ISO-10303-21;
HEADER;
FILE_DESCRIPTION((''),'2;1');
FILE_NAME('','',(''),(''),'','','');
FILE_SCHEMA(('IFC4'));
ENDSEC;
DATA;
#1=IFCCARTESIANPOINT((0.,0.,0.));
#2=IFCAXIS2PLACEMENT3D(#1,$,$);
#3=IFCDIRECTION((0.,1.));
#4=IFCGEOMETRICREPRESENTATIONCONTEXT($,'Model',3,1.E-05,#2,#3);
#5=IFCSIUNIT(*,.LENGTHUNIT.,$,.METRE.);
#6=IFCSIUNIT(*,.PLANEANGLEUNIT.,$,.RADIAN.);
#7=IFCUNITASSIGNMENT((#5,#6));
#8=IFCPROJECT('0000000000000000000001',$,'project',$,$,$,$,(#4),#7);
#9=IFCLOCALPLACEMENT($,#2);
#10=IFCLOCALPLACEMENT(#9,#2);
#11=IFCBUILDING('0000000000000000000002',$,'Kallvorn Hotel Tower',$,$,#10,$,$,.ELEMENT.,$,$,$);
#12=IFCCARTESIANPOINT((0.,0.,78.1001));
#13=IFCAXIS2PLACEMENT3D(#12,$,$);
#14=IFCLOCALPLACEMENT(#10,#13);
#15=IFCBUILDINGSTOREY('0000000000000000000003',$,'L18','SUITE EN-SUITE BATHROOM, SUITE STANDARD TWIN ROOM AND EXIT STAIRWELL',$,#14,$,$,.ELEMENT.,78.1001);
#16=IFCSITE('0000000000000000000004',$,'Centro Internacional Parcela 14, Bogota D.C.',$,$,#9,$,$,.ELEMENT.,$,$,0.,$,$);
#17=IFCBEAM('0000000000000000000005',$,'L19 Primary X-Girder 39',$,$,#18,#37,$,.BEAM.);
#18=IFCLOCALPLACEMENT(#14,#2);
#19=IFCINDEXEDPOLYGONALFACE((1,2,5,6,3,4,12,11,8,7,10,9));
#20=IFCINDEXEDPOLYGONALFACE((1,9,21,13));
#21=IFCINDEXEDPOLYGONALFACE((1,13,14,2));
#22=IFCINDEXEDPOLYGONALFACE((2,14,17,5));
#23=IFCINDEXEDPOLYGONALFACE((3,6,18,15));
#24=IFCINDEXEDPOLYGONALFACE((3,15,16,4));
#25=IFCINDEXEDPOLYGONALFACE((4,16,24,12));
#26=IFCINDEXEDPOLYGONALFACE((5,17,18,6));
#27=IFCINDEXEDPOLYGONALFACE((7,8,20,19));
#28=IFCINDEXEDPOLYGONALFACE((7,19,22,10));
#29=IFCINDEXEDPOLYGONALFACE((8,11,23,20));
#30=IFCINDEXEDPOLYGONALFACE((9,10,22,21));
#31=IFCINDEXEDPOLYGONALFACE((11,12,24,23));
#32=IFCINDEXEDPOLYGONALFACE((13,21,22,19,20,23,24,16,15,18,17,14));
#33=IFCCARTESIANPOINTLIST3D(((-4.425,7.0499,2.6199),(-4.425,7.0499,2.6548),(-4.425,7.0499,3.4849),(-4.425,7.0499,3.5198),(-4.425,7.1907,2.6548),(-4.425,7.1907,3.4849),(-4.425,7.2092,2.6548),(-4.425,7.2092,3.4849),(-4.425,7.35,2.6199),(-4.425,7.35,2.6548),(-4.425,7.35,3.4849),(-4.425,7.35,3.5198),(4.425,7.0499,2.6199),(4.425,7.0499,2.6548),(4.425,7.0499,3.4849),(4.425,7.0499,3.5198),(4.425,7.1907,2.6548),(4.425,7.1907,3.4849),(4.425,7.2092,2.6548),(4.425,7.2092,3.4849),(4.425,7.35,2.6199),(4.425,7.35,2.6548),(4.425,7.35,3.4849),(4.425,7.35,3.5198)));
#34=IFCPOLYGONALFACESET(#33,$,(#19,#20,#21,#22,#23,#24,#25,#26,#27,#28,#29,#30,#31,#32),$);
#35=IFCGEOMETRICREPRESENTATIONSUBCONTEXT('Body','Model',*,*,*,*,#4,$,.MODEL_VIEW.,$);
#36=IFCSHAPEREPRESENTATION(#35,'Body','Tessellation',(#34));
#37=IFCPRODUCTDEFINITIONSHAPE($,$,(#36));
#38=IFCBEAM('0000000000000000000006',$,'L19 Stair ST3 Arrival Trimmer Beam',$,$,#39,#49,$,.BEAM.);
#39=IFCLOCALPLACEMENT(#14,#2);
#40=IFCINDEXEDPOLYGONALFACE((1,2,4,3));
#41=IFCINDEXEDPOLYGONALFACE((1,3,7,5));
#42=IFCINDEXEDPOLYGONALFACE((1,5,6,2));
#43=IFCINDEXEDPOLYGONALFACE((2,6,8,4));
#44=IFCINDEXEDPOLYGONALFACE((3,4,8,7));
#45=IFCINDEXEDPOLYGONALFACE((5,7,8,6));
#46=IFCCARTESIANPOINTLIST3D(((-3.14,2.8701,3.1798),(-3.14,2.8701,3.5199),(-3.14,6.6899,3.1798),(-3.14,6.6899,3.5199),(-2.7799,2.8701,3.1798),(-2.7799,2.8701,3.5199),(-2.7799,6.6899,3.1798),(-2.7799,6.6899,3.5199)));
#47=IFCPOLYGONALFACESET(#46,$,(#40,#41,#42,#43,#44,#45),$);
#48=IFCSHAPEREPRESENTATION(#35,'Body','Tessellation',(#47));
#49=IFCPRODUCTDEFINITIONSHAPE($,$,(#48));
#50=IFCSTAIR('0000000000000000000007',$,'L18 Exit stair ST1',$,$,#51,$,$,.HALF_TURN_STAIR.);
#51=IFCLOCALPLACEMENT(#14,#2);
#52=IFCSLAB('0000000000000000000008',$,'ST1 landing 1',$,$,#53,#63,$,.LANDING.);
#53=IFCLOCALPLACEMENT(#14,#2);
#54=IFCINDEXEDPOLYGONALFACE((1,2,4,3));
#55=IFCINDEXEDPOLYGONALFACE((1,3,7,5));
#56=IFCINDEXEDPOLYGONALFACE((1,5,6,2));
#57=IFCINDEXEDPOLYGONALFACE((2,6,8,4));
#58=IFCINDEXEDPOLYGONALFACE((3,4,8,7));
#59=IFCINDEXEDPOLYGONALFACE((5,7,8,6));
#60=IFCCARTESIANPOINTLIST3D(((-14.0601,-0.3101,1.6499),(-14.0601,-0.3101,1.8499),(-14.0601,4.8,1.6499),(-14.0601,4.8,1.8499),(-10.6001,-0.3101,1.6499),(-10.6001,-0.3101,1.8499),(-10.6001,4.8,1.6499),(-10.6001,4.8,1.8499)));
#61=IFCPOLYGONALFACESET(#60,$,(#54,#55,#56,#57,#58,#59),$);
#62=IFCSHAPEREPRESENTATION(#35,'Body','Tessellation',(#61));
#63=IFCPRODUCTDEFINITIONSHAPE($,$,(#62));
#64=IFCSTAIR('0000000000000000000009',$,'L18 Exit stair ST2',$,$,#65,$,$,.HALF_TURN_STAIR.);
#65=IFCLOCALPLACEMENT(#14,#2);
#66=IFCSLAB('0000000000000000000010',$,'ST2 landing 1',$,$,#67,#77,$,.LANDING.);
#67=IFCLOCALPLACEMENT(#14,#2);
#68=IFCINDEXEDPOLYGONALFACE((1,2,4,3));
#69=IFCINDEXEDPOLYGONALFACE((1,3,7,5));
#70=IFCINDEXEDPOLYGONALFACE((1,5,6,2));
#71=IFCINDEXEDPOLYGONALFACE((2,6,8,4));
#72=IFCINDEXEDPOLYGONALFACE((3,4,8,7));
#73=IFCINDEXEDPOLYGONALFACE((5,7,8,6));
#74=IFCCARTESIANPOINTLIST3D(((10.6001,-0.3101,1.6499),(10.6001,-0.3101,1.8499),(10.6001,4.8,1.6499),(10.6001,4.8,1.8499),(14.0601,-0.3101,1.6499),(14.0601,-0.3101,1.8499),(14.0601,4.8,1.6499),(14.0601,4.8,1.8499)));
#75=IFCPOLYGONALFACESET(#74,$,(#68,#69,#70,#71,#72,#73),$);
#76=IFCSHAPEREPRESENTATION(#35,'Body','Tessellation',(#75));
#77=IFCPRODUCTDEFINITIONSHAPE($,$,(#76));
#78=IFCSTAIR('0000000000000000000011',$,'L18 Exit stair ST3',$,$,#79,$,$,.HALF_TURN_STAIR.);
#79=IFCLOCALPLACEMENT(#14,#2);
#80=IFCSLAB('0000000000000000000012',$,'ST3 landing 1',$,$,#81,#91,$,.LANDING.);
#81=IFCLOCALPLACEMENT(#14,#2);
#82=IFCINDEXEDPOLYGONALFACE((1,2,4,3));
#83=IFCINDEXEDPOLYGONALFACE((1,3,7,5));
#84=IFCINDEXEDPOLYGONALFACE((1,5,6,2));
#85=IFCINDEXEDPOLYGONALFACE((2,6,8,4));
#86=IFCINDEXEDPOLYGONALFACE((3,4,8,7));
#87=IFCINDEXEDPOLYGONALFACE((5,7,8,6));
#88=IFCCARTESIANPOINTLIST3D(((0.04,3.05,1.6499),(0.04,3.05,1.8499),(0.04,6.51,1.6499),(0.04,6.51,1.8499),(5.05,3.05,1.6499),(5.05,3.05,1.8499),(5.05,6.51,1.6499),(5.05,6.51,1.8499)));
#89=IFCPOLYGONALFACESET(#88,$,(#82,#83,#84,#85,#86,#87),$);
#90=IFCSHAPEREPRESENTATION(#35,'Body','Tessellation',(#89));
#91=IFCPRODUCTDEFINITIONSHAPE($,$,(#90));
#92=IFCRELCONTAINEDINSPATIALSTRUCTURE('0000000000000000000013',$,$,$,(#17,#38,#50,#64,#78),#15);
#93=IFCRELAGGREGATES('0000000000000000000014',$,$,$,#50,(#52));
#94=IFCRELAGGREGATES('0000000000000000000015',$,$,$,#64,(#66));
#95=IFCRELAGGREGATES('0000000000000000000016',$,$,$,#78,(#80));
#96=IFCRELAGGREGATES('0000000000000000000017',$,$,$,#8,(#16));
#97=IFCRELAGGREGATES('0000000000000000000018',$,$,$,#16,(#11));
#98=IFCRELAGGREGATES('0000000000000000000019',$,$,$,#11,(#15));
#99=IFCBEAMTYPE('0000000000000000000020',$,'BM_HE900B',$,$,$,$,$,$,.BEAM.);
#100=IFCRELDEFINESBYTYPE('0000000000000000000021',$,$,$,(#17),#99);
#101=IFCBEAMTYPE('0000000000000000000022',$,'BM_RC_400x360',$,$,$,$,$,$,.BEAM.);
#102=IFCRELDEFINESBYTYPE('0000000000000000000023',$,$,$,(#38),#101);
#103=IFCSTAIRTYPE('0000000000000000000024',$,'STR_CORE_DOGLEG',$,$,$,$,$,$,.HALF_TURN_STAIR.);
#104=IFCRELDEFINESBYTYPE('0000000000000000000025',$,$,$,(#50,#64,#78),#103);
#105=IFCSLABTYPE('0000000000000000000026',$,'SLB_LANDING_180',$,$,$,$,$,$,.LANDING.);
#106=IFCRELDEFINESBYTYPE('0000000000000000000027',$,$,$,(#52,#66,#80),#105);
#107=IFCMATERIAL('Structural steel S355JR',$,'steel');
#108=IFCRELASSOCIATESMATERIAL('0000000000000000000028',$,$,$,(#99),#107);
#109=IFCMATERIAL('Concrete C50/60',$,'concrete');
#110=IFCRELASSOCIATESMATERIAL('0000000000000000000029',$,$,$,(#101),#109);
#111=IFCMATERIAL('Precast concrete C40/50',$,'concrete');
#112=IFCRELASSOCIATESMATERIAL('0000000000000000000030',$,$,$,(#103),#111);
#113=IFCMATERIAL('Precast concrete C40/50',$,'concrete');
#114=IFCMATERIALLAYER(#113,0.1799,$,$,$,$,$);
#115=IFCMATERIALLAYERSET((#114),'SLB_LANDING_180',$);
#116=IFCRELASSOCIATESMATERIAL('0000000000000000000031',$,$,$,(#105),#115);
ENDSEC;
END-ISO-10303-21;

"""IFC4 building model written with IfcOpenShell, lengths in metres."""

from ifc_helpers import new_model, si_unit, direction, frame, origin, origin_2d, place, context, subcontext, project, spatial, polyline, rectangle, i_section, outline, extrude, material, layer, layer_set, material_profile, profile_set, type_object, element, aggregate, save


model = new_model("IFC4")

# Units and contexts
model_context = context("Model", 3, precision=1e-05, world=origin(), true_north=direction((0.0, 1.0)))
body_context = subcontext(model_context, "Body", "Model", "MODEL_VIEW")
ifc_project = project(units=[si_unit("LENGTHUNIT", "METRE"), si_unit("PLANEANGLEUNIT", "RADIAN")], contexts=[model_context])

# Site, building, storey
site_placement = place(None, origin())
site = spatial("IfcSite", under=ifc_project, at=site_placement, Name="Centro Internacional Parcela 14, Bogota D.C.", CompositionType="ELEMENT", RefElevation=0.0)
building_placement = place(site_placement, origin())
building = spatial("IfcBuilding", under=site, at=building_placement, Name="Kallvorn Hotel Tower", CompositionType="ELEMENT")
storey_placement = place(building_placement, frame((0.0, 0.0, 78.1001)))
storey = spatial("IfcBuildingStorey", under=building, at=storey_placement, Name="L18", Description="SUITE EN-SUITE BATHROOM, SUITE STANDARD TWIN ROOM AND EXIT STAIRWELL", CompositionType="ELEMENT", Elevation=78.1001)

# Beams
ifc_material_1 = material(Name="Structural steel S355JR", Category="steel")
ifc_material_profile_1 = material_profile(ifc_material_1, i_section(OverallWidth=0.3, OverallDepth=0.8999, WebThickness=0.0186, FlangeThickness=0.0349, at=origin_2d()), Name="HE 900 B")
ifc_profile_set_1 = profile_set([ifc_material_profile_1], Name="Structural steel S355JR")
beam_type_1 = type_object("IfcBeamType", Name="BM_HE900B", PredefinedType="BEAM", material=ifc_profile_set_1)
beam_1_placement = place(storey_placement, frame((-4.425, 7.2, 3.0698), z_axis=(1.0, 0.0, 0.0), x_axis=(0.0, 1.0, 0.0)))
element("IfcBeam", 1, at=beam_1_placement, inside=storey, type_object=beam_type_1, Name="L19 Primary X-Girder 39", PredefinedType="BEAM", context=body_context, shape_type="SweptSolid", body=[
    extrude(i_section(OverallWidth=0.3, OverallDepth=0.8999, WebThickness=0.0186, FlangeThickness=0.0349, at=origin_2d()), origin(), (0.0, 0.0, 1.0), 8.8501),
])
ifc_material_2 = material(Name="Concrete C50/60", Category="concrete")
ifc_material_profile_2 = material_profile(ifc_material_2, rectangle(XDim=0.3601, YDim=0.3401, at=origin_2d()), Name="RC 360x340")
ifc_profile_set_2 = profile_set([ifc_material_profile_2], Name="Concrete C50/60")
beam_type_2 = type_object("IfcBeamType", Name="BM_RC_400x360", PredefinedType="BEAM", material=ifc_profile_set_2)
beam_2_placement = place(storey_placement, frame((-2.96, 2.8701, 3.3499), z_axis=(0.0, 1.0, 0.0), x_axis=(-1.0, 0.0, 0.0)))
element("IfcBeam", 2, at=beam_2_placement, inside=storey, type_object=beam_type_2, Name="L19 Stair ST3 Arrival Trimmer Beam", PredefinedType="BEAM", context=body_context, shape_type="SweptSolid", body=[
    extrude(rectangle(XDim=0.3601, YDim=0.3401, at=origin_2d()), origin(), (0.0, 0.0, 1.0), 3.8198),
])

# Stairs, slabs
ifc_material_3 = material(Name="Precast concrete C40/50", Category="concrete")
stair_type = type_object("IfcStairType", Name="STR_CORE_DOGLEG", PredefinedType="HALF_TURN_STAIR", material=ifc_material_3)
stair_1_placement = place(storey_placement, origin())
stair_1 = element("IfcStair", 3, at=stair_1_placement, inside=storey, type_object=stair_type, Name="L18 Exit stair ST1", PredefinedType="HALF_TURN_STAIR")
ifc_material_4 = material(Name="Precast concrete C40/50", Category="concrete")
ifc_layer_1 = layer(ifc_material_4, 0.1799)
ifc_layer_set_1 = layer_set([ifc_layer_1], Name="SLB_LANDING_180")
slab_type_1 = type_object("IfcSlabType", Name="SLB_LANDING_180", PredefinedType="LANDING", material=ifc_layer_set_1)
slab_1_placement = place(storey_placement, frame((0.0, 0.0, 1.6499)))
slab_1 = element("IfcSlab", 4, at=slab_1_placement, type_object=slab_type_1, Name="ST1 landing 1", PredefinedType="LANDING", context=body_context, shape_type="SweptSolid", body=[
    extrude(outline(polyline([(-10.6001, -0.3101), (-10.6001, 4.8), (-14.0601, 4.8), (-14.0601, -0.3101), (-10.6001, -0.3101)])), origin(), (0.0, 0.0, 1.0), 0.2),
])
aggregate(stair_1, [slab_1])
stair_2_placement = place(storey_placement, origin())
stair_2 = element("IfcStair", 5, at=stair_2_placement, inside=storey, type_object=stair_type, Name="L18 Exit stair ST2", PredefinedType="HALF_TURN_STAIR")
slab_2_placement = place(storey_placement, frame((0.0, 0.0, 1.6499)))
slab_2 = element("IfcSlab", 6, at=slab_2_placement, type_object=slab_type_1, Name="ST2 landing 1", PredefinedType="LANDING", context=body_context, shape_type="SweptSolid", body=[
    extrude(outline(polyline([(14.0601, -0.3101), (14.0601, 4.8), (10.6001, 4.8), (10.6001, -0.3101), (14.0601, -0.3101)])), origin(), (0.0, 0.0, 1.0), 0.2),
])
aggregate(stair_2, [slab_2])
stair_3_placement = place(storey_placement, origin())
stair_3 = element("IfcStair", 7, at=stair_3_placement, inside=storey, type_object=stair_type, Name="L18 Exit stair ST3", PredefinedType="HALF_TURN_STAIR")
slab_3_placement = place(storey_placement, frame((0.0, 0.0, 1.6499)))
slab_3 = element("IfcSlab", 8, at=slab_3_placement, type_object=slab_type_1, Name="ST3 landing 1", PredefinedType="LANDING", context=body_context, shape_type="SweptSolid", body=[
    extrude(outline(polyline([(0.04, 3.05), (5.05, 3.05), (5.05, 6.51), (0.04, 6.51), (0.04, 3.05)])), origin(), (0.0, 0.0, 1.0), 0.2),
])

aggregate(stair_3, [slab_3])

save(model, "model.ifc")
